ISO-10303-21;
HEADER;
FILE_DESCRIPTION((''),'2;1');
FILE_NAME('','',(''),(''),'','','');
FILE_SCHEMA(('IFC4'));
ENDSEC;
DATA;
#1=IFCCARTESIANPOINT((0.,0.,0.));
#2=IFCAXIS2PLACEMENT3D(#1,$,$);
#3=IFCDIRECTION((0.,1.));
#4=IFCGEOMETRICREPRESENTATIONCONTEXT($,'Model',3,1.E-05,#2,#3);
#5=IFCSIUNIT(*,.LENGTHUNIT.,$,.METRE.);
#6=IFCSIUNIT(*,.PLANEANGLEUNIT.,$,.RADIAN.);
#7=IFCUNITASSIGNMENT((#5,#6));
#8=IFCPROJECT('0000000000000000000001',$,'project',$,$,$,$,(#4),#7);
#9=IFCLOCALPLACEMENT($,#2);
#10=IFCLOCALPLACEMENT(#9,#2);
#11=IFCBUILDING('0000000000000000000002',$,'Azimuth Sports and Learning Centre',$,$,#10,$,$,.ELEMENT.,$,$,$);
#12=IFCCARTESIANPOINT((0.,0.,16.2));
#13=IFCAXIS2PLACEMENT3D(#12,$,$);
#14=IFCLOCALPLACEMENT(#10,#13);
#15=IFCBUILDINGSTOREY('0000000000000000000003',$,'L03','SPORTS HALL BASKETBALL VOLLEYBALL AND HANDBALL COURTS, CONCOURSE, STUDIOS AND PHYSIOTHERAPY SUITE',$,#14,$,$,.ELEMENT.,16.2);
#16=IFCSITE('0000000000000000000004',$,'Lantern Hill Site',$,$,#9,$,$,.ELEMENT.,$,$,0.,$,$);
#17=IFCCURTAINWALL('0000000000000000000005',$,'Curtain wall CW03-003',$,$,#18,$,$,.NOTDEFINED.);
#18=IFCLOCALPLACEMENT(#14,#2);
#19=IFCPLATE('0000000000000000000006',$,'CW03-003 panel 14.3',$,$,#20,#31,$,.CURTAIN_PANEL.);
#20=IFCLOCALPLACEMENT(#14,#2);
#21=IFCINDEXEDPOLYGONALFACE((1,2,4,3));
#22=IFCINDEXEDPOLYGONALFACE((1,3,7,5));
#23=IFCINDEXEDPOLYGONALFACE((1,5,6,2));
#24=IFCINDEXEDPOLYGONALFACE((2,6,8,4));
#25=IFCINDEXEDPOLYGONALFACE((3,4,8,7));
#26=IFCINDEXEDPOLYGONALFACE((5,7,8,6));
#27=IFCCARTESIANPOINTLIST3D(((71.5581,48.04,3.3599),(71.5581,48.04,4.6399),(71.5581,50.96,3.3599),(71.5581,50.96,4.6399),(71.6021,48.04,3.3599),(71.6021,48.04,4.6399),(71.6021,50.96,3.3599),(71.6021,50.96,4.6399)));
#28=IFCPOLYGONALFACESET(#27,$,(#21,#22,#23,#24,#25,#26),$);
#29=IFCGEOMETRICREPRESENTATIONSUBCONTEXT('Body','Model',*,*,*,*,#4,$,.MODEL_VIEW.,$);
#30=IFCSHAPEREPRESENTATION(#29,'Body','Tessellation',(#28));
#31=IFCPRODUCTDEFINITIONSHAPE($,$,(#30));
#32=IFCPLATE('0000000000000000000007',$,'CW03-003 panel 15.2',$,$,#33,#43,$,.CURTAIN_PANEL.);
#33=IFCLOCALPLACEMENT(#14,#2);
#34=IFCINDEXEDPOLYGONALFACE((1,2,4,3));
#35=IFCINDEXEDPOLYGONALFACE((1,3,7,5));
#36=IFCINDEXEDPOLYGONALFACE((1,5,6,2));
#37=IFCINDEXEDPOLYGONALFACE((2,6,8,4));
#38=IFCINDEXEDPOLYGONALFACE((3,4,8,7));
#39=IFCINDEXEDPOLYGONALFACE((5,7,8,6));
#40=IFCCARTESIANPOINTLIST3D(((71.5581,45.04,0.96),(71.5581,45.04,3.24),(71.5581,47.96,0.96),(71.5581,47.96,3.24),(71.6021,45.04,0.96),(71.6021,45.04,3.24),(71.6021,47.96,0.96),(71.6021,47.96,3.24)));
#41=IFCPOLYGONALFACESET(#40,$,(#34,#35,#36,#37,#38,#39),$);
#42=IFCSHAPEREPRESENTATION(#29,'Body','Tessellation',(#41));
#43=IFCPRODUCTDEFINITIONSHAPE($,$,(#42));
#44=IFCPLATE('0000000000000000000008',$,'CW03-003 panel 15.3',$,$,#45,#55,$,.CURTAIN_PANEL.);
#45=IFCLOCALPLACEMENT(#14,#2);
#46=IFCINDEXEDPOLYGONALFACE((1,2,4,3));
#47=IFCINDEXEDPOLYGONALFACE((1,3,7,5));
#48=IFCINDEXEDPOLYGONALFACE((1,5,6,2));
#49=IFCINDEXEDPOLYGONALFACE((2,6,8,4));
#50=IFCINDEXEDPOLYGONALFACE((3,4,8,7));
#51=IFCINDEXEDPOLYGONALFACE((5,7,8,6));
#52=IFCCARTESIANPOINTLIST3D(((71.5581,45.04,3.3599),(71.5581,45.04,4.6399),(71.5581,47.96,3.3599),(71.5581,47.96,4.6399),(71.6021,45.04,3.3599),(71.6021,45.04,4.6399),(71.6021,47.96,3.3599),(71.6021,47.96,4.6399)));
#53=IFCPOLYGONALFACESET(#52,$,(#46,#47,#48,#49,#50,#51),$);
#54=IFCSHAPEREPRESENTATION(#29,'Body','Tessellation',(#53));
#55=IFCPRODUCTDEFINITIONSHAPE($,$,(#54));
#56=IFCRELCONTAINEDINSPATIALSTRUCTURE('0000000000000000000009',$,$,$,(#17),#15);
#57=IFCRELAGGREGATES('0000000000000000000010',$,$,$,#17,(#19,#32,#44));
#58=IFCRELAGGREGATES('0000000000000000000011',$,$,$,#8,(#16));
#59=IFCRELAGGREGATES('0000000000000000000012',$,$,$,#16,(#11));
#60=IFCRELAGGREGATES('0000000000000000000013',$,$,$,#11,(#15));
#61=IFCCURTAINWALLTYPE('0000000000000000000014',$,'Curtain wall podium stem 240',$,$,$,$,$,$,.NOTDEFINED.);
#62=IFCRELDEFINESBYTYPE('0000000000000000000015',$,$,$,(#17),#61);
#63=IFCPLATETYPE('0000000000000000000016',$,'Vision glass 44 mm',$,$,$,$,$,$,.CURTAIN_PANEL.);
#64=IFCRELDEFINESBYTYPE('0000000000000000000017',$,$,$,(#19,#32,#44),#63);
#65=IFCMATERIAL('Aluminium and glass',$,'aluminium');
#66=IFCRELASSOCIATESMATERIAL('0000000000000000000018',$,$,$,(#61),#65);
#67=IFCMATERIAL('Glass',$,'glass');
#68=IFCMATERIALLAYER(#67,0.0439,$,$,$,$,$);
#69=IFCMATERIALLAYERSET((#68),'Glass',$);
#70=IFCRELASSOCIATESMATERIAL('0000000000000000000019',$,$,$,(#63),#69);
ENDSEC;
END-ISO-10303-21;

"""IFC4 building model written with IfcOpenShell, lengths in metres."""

from ifc_helpers import new_model, si_unit, direction, frame, origin, origin_2d, place, context, subcontext, project, spatial, rectangle, extrude, material, layer, layer_set, type_object, element, aggregate, save


model = new_model("IFC4")

# Units and contexts
model_context = context("Model", 3, precision=1e-05, world=origin(), true_north=direction((0.0, 1.0)))
body_context = subcontext(model_context, "Body", "Model", "MODEL_VIEW")
ifc_project = project(units=[si_unit("LENGTHUNIT", "METRE"), si_unit("PLANEANGLEUNIT", "RADIAN")], contexts=[model_context])

# Site, building, storey
site_placement = place(None, origin())
site = spatial("IfcSite", under=ifc_project, at=site_placement, Name="Lantern Hill Site", CompositionType="ELEMENT", RefElevation=0.0)
building_placement = place(site_placement, origin())
building = spatial("IfcBuilding", under=site, at=building_placement, Name="Azimuth Sports and Learning Centre", CompositionType="ELEMENT")
storey_placement = place(building_placement, frame((0.0, 0.0, 16.2)))
storey = spatial("IfcBuildingStorey", under=building, at=storey_placement, Name="L03", Description="SPORTS HALL BASKETBALL VOLLEYBALL AND HANDBALL COURTS, CONCOURSE, STUDIOS AND PHYSIOTHERAPY SUITE", CompositionType="ELEMENT", Elevation=16.2)

# Curtain wall, plates
ifc_material_1 = material(Name="Aluminium and glass", Category="aluminium")
curtain_wall_type = type_object("IfcCurtainWallType", Name="Curtain wall podium stem 240", PredefinedType="NOTDEFINED", material=ifc_material_1)
curtain_wall_placement = place(storey_placement, origin())
curtain_wall = element("IfcCurtainWall", 1, at=curtain_wall_placement, inside=storey, type_object=curtain_wall_type, Name="Curtain wall CW03-003", PredefinedType="NOTDEFINED")
ifc_material_2 = material(Name="Glass", Category="glass")
ifc_layer_1 = layer(ifc_material_2, 0.0439)
ifc_layer_set_1 = layer_set([ifc_layer_1], Name="Glass")
plate_type_1 = type_object("IfcPlateType", Name="Vision glass 44 mm", PredefinedType="CURTAIN_PANEL", material=ifc_layer_set_1)
plate_1_placement = place(storey_placement, frame((71.5801, 49.5, 3.3599), z_axis=(0.0, 0.0, 1.0), x_axis=(0.0, -1.0, 0.0)))
plate_1 = element("IfcPlate", 2, at=plate_1_placement, type_object=plate_type_1, Name="CW03-003 panel 14.3", PredefinedType="CURTAIN_PANEL", context=body_context, shape_type="SweptSolid", body=[
    extrude(rectangle(XDim=2.9199, YDim=0.0439, at=origin_2d()), origin(), (0.0, 0.0, 1.0), 1.28),
])
plate_2_placement = place(storey_placement, frame((71.5801, 46.5, 0.96), z_axis=(0.0, 0.0, 1.0), x_axis=(0.0, -1.0, 0.0)))
plate_2 = element("IfcPlate", 3, at=plate_2_placement, type_object=plate_type_1, Name="CW03-003 panel 15.2", PredefinedType="CURTAIN_PANEL", context=body_context, shape_type="SweptSolid", body=[
    extrude(rectangle(XDim=2.9199, YDim=0.0439, at=origin_2d()), origin(), (0.0, 0.0, 1.0), 2.28),
])
plate_3_placement = place(storey_placement, frame((71.5801, 46.5, 3.3599), z_axis=(0.0, 0.0, 1.0), x_axis=(0.0, -1.0, 0.0)))
plate_3 = element("IfcPlate", 4, at=plate_3_placement, type_object=plate_type_1, Name="CW03-003 panel 15.3", PredefinedType="CURTAIN_PANEL", context=body_context, shape_type="SweptSolid", body=[
    extrude(rectangle(XDim=2.9199, YDim=0.0439, at=origin_2d()), origin(), (0.0, 0.0, 1.0), 1.28),
])
aggregate(curtain_wall, [plate_1, plate_2, plate_3])

save(model, "model.ifc")
